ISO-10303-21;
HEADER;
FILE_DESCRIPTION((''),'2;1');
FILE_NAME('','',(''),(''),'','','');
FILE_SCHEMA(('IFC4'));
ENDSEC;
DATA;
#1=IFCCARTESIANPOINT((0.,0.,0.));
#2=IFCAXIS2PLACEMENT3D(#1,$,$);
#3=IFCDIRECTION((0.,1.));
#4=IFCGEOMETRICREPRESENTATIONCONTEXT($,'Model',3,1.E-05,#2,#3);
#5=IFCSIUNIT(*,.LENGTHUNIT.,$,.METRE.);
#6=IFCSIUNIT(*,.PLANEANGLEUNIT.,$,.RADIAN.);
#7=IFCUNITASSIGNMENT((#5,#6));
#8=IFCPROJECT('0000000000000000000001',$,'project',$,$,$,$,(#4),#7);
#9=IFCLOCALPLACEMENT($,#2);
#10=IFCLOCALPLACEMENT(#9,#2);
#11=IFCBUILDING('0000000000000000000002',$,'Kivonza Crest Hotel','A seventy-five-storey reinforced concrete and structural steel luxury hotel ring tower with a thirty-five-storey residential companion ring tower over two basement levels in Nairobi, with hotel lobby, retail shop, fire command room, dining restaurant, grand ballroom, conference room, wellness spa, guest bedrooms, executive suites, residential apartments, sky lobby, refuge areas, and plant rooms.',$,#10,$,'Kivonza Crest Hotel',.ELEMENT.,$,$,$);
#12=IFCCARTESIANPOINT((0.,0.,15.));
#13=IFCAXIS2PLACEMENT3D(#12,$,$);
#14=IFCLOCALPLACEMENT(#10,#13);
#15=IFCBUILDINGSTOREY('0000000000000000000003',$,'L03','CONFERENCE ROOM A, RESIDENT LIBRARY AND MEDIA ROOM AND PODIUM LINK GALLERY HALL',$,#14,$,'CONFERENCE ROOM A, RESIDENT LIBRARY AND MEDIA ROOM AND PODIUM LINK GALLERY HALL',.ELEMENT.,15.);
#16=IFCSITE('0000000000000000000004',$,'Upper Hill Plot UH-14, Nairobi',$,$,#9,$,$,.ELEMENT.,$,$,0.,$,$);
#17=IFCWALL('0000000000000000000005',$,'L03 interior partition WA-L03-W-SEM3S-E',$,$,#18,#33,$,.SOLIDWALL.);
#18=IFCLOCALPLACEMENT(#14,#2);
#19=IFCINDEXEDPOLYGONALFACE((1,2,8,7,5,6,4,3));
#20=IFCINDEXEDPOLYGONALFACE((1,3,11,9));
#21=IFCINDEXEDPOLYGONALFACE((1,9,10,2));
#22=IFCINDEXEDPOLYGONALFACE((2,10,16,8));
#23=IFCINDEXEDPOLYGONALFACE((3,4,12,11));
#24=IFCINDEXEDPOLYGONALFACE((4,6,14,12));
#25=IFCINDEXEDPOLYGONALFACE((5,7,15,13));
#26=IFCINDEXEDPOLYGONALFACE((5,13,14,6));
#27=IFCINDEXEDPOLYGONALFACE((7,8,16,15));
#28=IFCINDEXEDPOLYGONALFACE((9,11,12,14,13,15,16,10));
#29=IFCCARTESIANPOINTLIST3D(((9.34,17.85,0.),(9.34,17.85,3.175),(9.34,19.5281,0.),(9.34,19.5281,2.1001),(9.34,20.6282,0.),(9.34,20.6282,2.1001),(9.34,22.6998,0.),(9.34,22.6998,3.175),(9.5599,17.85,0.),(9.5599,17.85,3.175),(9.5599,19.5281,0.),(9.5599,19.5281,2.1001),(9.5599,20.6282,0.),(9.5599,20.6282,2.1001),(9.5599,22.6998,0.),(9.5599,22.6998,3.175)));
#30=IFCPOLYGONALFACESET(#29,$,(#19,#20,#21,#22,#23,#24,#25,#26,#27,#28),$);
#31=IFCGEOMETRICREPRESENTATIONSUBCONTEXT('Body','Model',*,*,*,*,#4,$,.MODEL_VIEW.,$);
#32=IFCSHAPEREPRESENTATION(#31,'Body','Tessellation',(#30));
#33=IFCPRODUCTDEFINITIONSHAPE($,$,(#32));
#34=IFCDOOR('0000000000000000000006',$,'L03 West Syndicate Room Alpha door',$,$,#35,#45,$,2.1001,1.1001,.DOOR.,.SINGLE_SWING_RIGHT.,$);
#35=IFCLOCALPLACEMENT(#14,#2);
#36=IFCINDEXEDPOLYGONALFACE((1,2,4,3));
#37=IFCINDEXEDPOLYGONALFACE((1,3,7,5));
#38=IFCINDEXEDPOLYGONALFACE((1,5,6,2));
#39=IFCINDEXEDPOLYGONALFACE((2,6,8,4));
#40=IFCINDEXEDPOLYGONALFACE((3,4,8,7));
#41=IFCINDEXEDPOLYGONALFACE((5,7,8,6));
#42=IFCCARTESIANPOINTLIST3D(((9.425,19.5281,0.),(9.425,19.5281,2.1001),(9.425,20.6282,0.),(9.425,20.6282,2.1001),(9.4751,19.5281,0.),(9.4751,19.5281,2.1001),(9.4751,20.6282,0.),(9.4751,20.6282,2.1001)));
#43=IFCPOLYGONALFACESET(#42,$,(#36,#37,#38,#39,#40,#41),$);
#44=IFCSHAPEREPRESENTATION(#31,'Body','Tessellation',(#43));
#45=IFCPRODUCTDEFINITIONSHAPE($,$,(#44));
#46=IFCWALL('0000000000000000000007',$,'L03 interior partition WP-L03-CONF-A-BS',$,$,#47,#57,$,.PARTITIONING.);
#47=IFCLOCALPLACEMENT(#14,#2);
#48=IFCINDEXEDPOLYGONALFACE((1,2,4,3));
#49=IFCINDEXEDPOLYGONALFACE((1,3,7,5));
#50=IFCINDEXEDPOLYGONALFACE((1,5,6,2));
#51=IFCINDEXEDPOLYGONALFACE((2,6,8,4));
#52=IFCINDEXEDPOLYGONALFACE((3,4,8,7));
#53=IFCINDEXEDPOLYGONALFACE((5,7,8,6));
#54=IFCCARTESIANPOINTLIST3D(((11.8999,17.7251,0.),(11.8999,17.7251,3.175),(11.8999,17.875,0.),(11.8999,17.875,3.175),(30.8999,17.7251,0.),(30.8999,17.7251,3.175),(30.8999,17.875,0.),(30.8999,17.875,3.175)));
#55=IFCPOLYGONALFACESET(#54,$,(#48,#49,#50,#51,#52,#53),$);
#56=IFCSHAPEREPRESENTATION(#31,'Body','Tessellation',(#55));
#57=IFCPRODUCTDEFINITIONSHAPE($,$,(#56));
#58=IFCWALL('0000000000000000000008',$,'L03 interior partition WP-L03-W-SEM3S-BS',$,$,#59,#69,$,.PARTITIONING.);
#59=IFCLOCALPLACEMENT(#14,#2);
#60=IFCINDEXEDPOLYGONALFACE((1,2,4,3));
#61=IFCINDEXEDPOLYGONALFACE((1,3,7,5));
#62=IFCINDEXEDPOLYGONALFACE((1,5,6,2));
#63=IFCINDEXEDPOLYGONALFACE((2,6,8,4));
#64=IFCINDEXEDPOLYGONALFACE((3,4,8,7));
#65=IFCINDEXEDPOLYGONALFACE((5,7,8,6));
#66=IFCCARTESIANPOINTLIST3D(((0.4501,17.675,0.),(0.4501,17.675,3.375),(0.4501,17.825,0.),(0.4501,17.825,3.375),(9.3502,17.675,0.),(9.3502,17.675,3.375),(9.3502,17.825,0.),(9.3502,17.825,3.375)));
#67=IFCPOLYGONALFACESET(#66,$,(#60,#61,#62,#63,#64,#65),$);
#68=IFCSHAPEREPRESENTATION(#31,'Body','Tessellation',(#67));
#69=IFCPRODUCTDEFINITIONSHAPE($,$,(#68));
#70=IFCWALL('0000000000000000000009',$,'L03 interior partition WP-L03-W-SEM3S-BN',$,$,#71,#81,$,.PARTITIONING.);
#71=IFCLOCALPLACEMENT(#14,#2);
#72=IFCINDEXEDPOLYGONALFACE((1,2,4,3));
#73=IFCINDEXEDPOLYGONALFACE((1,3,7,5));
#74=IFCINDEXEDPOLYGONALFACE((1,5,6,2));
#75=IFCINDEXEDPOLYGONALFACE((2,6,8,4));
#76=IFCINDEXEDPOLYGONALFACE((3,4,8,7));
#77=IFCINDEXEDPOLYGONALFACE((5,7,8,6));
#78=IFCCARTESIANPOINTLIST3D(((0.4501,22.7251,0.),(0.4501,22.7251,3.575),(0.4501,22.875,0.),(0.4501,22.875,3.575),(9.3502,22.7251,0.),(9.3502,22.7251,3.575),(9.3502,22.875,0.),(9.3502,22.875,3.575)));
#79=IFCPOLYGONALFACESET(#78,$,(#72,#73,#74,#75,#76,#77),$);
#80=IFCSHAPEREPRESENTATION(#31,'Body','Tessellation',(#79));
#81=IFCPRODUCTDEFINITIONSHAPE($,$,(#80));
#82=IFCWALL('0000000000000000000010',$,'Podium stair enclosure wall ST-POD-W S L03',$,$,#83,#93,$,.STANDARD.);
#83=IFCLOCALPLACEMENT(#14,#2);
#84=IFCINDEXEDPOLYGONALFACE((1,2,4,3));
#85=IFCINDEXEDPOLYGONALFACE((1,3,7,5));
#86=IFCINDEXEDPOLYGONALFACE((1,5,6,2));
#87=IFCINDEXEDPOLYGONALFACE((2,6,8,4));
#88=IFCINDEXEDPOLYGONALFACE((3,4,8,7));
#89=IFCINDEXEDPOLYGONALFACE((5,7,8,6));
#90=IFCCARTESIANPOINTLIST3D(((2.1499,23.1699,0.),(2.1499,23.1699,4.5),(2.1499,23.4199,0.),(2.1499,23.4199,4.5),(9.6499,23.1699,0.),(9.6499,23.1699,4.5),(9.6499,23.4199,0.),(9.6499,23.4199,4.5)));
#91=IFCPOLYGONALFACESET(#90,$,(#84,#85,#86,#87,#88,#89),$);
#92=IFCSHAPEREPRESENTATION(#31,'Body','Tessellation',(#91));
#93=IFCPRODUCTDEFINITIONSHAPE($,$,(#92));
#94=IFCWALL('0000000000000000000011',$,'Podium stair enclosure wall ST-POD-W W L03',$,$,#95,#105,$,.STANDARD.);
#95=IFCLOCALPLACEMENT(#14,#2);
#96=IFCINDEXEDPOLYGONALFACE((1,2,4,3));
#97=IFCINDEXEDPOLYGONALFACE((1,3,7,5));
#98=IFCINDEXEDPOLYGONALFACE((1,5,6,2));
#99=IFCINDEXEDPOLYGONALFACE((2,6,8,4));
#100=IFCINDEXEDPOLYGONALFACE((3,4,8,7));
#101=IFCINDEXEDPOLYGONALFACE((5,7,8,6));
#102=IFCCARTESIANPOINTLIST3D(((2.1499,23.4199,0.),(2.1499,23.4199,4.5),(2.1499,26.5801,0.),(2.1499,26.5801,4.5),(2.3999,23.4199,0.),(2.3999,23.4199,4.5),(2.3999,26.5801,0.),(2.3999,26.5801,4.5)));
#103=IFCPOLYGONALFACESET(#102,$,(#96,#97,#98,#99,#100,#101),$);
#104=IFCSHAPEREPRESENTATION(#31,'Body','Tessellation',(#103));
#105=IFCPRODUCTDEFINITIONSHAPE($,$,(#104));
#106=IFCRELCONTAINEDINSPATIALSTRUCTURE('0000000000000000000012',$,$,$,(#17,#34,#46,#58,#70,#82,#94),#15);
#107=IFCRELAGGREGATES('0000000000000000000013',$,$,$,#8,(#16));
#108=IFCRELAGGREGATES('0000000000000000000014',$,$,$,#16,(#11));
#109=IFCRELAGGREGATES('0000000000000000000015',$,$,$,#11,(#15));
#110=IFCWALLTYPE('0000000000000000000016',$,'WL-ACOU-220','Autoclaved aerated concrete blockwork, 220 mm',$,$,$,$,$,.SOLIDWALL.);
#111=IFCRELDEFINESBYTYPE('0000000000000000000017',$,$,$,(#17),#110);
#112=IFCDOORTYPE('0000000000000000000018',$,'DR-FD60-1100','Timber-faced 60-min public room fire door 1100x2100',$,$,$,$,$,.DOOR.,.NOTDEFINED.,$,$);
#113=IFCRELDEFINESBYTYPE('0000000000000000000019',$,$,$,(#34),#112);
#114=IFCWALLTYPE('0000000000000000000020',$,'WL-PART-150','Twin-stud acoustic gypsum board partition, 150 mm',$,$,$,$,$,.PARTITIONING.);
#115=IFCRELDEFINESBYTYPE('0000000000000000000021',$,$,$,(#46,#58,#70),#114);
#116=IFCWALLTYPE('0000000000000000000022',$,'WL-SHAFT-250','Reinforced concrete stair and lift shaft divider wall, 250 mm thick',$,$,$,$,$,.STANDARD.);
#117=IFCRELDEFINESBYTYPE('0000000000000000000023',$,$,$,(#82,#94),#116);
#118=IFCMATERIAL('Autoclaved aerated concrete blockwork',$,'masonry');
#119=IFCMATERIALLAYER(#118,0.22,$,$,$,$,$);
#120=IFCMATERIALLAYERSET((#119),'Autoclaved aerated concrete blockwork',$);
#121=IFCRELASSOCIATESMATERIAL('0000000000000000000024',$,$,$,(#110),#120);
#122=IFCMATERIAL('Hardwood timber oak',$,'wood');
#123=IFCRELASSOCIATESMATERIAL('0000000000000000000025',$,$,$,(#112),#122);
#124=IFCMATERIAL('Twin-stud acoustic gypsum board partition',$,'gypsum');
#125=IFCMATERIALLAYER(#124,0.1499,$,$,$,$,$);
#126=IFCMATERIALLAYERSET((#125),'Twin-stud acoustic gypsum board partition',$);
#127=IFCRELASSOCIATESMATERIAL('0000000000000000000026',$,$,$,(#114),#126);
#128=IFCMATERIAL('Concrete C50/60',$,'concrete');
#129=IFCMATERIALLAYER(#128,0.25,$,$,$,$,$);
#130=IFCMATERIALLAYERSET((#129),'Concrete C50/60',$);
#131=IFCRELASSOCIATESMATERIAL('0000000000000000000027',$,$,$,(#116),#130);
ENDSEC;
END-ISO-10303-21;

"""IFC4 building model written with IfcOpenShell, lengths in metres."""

from ifc_helpers import new_model, si_unit, direction, frame, frame_2d, origin, place, context, subcontext, project, spatial, rectangle, extrude, material, layer, layer_set, type_object, element, fill, save


model = new_model("IFC4")

# Units and contexts
model_context = context("Model", 3, precision=1e-05, world=origin(), true_north=direction((0.0, 1.0)))
body_context = subcontext(model_context, "Body", "Model", "MODEL_VIEW")
ifc_project = project(units=[si_unit("LENGTHUNIT", "METRE"), si_unit("PLANEANGLEUNIT", "RADIAN")], contexts=[model_context])

# Site, building, storey
site_placement = place(None, origin())
site = spatial("IfcSite", under=ifc_project, at=site_placement, Name="Upper Hill Plot UH-14, Nairobi", CompositionType="ELEMENT", RefElevation=0.0)
building_placement = place(site_placement, origin())
building = spatial("IfcBuilding", under=site, at=building_placement, Name="Kivonza Crest Hotel", Description="A seventy-five-storey reinforced concrete and structural steel luxury hotel ring tower with a thirty-five-storey residential companion ring tower over two basement levels in Nairobi, with hotel lobby, retail shop, fire command room, dining restaurant, grand ballroom, conference room, wellness spa, guest bedrooms, executive suites, residential apartments, sky lobby, refuge areas, and plant rooms.", LongName="Kivonza Crest Hotel", CompositionType="ELEMENT")
storey_placement = place(building_placement, frame((0.0, 0.0, 15.0)))
storey = spatial("IfcBuildingStorey", under=building, at=storey_placement, Name="L03", Description="CONFERENCE ROOM A, RESIDENT LIBRARY AND MEDIA ROOM AND PODIUM LINK GALLERY HALL", LongName="CONFERENCE ROOM A, RESIDENT LIBRARY AND MEDIA ROOM AND PODIUM LINK GALLERY HALL", CompositionType="ELEMENT", Elevation=15.0)

# Wall, opening, door
ifc_material_1 = material(Name="Autoclaved aerated concrete blockwork", Category="masonry")
ifc_layer_1 = layer(ifc_material_1, 0.22)
ifc_layer_set_1 = layer_set([ifc_layer_1], Name="Autoclaved aerated concrete blockwork")
wall_type_1 = type_object("IfcWallType", Name="WL-ACOU-220", Description="Autoclaved aerated concrete blockwork, 220 mm", PredefinedType="SOLIDWALL", material=ifc_layer_set_1)
ifc_material_2 = material(Name="Hardwood timber oak", Category="wood")
door_type_1 = type_object("IfcDoorType", Name="DR-FD60-1100", Description="Timber-faced 60-min public room fire door 1100x2100", OperationType="NOTDEFINED", PredefinedType="DOOR", material=ifc_material_2)
wall_1_placement = place(storey_placement, frame((9.45, 17.8501, 0.0), z_axis=(0.0, 0.0, 1.0), x_axis=(0.0, 1.0, 0.0)))
wall_1 = element("IfcWall", 1, at=wall_1_placement, inside=storey, type_object=wall_type_1, Name="L03 interior partition WA-L03-W-SEM3S-E", PredefinedType="SOLIDWALL", context=body_context, shape_type="SweptSolid", body=[
    extrude(rectangle(XDim=4.8499, YDim=0.22, at=frame_2d((2.4248, 0.0))), origin(), (0.0, 0.0, 1.0), 3.175),
])
opening_1_placement = place(wall_1_placement, frame((1.678, 0.0, 0.0)))
opening_1 = element("IfcOpeningElement", 2, at=opening_1_placement, cuts=wall_1, PredefinedType="OPENING", context=body_context, shape_type="SweptSolid", body=[
    extrude(rectangle(XDim=1.1001, YDim=2.1001, at=frame_2d((0.55, 1.05))), frame((0.0, 0.1201, 0.0), z_axis=(0.0, -1.0, 0.0), x_axis=(1.0, 0.0, 0.0)), (0.0, 0.0, 1.0), 0.24),
])
door_1_placement = place(opening_1_placement, origin())
door_1 = element("IfcDoor", 3, at=door_1_placement, inside=storey, type_object=door_type_1, Name="L03 West Syndicate Room Alpha door", OperationType="SINGLE_SWING_RIGHT", OverallHeight=2.1001, OverallWidth=1.1001, PredefinedType="DOOR", context=body_context, shape_type="SweptSolid", body=[
    extrude(rectangle(XDim=1.1001, YDim=2.1001, at=frame_2d((0.55, 1.05))), frame((0.0, 0.0249, 0.0), z_axis=(0.0, -1.0, 0.0), x_axis=(1.0, 0.0, 0.0)), (0.0, 0.0, 1.0), 0.05),
])
fill(opening_1, door_1)

# Walls
ifc_material_3 = material(Name="Twin-stud acoustic gypsum board partition", Category="gypsum")
ifc_layer_2 = layer(ifc_material_3, 0.1499)
ifc_layer_set_2 = layer_set([ifc_layer_2], Name="Twin-stud acoustic gypsum board partition")
wall_type_2 = type_object("IfcWallType", Name="WL-PART-150", Description="Twin-stud acoustic gypsum board partition, 150 mm", PredefinedType="PARTITIONING", material=ifc_layer_set_2)
wall_2_placement = place(storey_placement, frame((11.8999, 17.8, 0.0), z_axis=(0.0, 0.0, 1.0), x_axis=(1.0, 0.0, 0.0)))
element("IfcWall", 4, at=wall_2_placement, inside=storey, type_object=wall_type_2, Name="L03 interior partition WP-L03-CONF-A-BS", PredefinedType="PARTITIONING", context=body_context, shape_type="SweptSolid", body=[
    extrude(rectangle(XDim=19.0, YDim=0.1499, at=frame_2d((9.5, 0.0))), origin(), (0.0, 0.0, 1.0), 3.175),
])
wall_3_placement = place(storey_placement, frame((0.45, 17.75, 0.0), z_axis=(0.0, 0.0, 1.0), x_axis=(1.0, 0.0, 0.0)))
element("IfcWall", 5, at=wall_3_placement, inside=storey, type_object=wall_type_2, Name="L03 interior partition WP-L03-W-SEM3S-BS", PredefinedType="PARTITIONING", context=body_context, shape_type="SweptSolid", body=[
    extrude(rectangle(XDim=8.9001, YDim=0.1499, at=frame_2d((4.4502, 0.0))), origin(), (0.0, 0.0, 1.0), 3.375),
])
wall_4_placement = place(storey_placement, frame((0.45, 22.8, 0.0), z_axis=(0.0, 0.0, 1.0), x_axis=(1.0, 0.0, 0.0)))
element("IfcWall", 6, at=wall_4_placement, inside=storey, type_object=wall_type_2, Name="L03 interior partition WP-L03-W-SEM3S-BN", PredefinedType="PARTITIONING", context=body_context, shape_type="SweptSolid", body=[
    extrude(rectangle(XDim=8.9001, YDim=0.1499, at=frame_2d((4.4502, 0.0))), origin(), (0.0, 0.0, 1.0), 3.575),
])
ifc_material_4 = material(Name="Concrete C50/60", Category="concrete")
ifc_layer_3 = layer(ifc_material_4, 0.25)
ifc_layer_set_3 = layer_set([ifc_layer_3], Name="Concrete C50/60")
wall_type_3 = type_object("IfcWallType", Name="WL-SHAFT-250", Description="Reinforced concrete stair and lift shaft divider wall, 250 mm thick", PredefinedType="STANDARD", material=ifc_layer_set_3)
wall_5_placement = place(storey_placement, frame((2.1499, 23.2949, 0.0), z_axis=(0.0, 0.0, 1.0), x_axis=(1.0, 0.0, 0.0)))
element("IfcWall", 7, at=wall_5_placement, inside=storey, type_object=wall_type_3, Name="Podium stair enclosure wall ST-POD-W S L03", PredefinedType="STANDARD", context=body_context, shape_type="SweptSolid", body=[
    extrude(rectangle(XDim=7.5, YDim=0.25, at=frame_2d((3.75, 0.0))), origin(), (0.0, 0.0, 1.0), 4.5),
])
wall_6_placement = place(storey_placement, frame((2.2749, 23.4199, 0.0), z_axis=(0.0, 0.0, 1.0), x_axis=(0.0, 1.0, 0.0)))
element("IfcWall", 8, at=wall_6_placement, inside=storey, type_object=wall_type_3, Name="Podium stair enclosure wall ST-POD-W W L03", PredefinedType="STANDARD", context=body_context, shape_type="SweptSolid", body=[
    extrude(rectangle(XDim=3.1602, YDim=0.25, at=frame_2d((1.5801, 0.0))), origin(), (0.0, 0.0, 1.0), 4.5),
])

save(model, "model.ifc")
